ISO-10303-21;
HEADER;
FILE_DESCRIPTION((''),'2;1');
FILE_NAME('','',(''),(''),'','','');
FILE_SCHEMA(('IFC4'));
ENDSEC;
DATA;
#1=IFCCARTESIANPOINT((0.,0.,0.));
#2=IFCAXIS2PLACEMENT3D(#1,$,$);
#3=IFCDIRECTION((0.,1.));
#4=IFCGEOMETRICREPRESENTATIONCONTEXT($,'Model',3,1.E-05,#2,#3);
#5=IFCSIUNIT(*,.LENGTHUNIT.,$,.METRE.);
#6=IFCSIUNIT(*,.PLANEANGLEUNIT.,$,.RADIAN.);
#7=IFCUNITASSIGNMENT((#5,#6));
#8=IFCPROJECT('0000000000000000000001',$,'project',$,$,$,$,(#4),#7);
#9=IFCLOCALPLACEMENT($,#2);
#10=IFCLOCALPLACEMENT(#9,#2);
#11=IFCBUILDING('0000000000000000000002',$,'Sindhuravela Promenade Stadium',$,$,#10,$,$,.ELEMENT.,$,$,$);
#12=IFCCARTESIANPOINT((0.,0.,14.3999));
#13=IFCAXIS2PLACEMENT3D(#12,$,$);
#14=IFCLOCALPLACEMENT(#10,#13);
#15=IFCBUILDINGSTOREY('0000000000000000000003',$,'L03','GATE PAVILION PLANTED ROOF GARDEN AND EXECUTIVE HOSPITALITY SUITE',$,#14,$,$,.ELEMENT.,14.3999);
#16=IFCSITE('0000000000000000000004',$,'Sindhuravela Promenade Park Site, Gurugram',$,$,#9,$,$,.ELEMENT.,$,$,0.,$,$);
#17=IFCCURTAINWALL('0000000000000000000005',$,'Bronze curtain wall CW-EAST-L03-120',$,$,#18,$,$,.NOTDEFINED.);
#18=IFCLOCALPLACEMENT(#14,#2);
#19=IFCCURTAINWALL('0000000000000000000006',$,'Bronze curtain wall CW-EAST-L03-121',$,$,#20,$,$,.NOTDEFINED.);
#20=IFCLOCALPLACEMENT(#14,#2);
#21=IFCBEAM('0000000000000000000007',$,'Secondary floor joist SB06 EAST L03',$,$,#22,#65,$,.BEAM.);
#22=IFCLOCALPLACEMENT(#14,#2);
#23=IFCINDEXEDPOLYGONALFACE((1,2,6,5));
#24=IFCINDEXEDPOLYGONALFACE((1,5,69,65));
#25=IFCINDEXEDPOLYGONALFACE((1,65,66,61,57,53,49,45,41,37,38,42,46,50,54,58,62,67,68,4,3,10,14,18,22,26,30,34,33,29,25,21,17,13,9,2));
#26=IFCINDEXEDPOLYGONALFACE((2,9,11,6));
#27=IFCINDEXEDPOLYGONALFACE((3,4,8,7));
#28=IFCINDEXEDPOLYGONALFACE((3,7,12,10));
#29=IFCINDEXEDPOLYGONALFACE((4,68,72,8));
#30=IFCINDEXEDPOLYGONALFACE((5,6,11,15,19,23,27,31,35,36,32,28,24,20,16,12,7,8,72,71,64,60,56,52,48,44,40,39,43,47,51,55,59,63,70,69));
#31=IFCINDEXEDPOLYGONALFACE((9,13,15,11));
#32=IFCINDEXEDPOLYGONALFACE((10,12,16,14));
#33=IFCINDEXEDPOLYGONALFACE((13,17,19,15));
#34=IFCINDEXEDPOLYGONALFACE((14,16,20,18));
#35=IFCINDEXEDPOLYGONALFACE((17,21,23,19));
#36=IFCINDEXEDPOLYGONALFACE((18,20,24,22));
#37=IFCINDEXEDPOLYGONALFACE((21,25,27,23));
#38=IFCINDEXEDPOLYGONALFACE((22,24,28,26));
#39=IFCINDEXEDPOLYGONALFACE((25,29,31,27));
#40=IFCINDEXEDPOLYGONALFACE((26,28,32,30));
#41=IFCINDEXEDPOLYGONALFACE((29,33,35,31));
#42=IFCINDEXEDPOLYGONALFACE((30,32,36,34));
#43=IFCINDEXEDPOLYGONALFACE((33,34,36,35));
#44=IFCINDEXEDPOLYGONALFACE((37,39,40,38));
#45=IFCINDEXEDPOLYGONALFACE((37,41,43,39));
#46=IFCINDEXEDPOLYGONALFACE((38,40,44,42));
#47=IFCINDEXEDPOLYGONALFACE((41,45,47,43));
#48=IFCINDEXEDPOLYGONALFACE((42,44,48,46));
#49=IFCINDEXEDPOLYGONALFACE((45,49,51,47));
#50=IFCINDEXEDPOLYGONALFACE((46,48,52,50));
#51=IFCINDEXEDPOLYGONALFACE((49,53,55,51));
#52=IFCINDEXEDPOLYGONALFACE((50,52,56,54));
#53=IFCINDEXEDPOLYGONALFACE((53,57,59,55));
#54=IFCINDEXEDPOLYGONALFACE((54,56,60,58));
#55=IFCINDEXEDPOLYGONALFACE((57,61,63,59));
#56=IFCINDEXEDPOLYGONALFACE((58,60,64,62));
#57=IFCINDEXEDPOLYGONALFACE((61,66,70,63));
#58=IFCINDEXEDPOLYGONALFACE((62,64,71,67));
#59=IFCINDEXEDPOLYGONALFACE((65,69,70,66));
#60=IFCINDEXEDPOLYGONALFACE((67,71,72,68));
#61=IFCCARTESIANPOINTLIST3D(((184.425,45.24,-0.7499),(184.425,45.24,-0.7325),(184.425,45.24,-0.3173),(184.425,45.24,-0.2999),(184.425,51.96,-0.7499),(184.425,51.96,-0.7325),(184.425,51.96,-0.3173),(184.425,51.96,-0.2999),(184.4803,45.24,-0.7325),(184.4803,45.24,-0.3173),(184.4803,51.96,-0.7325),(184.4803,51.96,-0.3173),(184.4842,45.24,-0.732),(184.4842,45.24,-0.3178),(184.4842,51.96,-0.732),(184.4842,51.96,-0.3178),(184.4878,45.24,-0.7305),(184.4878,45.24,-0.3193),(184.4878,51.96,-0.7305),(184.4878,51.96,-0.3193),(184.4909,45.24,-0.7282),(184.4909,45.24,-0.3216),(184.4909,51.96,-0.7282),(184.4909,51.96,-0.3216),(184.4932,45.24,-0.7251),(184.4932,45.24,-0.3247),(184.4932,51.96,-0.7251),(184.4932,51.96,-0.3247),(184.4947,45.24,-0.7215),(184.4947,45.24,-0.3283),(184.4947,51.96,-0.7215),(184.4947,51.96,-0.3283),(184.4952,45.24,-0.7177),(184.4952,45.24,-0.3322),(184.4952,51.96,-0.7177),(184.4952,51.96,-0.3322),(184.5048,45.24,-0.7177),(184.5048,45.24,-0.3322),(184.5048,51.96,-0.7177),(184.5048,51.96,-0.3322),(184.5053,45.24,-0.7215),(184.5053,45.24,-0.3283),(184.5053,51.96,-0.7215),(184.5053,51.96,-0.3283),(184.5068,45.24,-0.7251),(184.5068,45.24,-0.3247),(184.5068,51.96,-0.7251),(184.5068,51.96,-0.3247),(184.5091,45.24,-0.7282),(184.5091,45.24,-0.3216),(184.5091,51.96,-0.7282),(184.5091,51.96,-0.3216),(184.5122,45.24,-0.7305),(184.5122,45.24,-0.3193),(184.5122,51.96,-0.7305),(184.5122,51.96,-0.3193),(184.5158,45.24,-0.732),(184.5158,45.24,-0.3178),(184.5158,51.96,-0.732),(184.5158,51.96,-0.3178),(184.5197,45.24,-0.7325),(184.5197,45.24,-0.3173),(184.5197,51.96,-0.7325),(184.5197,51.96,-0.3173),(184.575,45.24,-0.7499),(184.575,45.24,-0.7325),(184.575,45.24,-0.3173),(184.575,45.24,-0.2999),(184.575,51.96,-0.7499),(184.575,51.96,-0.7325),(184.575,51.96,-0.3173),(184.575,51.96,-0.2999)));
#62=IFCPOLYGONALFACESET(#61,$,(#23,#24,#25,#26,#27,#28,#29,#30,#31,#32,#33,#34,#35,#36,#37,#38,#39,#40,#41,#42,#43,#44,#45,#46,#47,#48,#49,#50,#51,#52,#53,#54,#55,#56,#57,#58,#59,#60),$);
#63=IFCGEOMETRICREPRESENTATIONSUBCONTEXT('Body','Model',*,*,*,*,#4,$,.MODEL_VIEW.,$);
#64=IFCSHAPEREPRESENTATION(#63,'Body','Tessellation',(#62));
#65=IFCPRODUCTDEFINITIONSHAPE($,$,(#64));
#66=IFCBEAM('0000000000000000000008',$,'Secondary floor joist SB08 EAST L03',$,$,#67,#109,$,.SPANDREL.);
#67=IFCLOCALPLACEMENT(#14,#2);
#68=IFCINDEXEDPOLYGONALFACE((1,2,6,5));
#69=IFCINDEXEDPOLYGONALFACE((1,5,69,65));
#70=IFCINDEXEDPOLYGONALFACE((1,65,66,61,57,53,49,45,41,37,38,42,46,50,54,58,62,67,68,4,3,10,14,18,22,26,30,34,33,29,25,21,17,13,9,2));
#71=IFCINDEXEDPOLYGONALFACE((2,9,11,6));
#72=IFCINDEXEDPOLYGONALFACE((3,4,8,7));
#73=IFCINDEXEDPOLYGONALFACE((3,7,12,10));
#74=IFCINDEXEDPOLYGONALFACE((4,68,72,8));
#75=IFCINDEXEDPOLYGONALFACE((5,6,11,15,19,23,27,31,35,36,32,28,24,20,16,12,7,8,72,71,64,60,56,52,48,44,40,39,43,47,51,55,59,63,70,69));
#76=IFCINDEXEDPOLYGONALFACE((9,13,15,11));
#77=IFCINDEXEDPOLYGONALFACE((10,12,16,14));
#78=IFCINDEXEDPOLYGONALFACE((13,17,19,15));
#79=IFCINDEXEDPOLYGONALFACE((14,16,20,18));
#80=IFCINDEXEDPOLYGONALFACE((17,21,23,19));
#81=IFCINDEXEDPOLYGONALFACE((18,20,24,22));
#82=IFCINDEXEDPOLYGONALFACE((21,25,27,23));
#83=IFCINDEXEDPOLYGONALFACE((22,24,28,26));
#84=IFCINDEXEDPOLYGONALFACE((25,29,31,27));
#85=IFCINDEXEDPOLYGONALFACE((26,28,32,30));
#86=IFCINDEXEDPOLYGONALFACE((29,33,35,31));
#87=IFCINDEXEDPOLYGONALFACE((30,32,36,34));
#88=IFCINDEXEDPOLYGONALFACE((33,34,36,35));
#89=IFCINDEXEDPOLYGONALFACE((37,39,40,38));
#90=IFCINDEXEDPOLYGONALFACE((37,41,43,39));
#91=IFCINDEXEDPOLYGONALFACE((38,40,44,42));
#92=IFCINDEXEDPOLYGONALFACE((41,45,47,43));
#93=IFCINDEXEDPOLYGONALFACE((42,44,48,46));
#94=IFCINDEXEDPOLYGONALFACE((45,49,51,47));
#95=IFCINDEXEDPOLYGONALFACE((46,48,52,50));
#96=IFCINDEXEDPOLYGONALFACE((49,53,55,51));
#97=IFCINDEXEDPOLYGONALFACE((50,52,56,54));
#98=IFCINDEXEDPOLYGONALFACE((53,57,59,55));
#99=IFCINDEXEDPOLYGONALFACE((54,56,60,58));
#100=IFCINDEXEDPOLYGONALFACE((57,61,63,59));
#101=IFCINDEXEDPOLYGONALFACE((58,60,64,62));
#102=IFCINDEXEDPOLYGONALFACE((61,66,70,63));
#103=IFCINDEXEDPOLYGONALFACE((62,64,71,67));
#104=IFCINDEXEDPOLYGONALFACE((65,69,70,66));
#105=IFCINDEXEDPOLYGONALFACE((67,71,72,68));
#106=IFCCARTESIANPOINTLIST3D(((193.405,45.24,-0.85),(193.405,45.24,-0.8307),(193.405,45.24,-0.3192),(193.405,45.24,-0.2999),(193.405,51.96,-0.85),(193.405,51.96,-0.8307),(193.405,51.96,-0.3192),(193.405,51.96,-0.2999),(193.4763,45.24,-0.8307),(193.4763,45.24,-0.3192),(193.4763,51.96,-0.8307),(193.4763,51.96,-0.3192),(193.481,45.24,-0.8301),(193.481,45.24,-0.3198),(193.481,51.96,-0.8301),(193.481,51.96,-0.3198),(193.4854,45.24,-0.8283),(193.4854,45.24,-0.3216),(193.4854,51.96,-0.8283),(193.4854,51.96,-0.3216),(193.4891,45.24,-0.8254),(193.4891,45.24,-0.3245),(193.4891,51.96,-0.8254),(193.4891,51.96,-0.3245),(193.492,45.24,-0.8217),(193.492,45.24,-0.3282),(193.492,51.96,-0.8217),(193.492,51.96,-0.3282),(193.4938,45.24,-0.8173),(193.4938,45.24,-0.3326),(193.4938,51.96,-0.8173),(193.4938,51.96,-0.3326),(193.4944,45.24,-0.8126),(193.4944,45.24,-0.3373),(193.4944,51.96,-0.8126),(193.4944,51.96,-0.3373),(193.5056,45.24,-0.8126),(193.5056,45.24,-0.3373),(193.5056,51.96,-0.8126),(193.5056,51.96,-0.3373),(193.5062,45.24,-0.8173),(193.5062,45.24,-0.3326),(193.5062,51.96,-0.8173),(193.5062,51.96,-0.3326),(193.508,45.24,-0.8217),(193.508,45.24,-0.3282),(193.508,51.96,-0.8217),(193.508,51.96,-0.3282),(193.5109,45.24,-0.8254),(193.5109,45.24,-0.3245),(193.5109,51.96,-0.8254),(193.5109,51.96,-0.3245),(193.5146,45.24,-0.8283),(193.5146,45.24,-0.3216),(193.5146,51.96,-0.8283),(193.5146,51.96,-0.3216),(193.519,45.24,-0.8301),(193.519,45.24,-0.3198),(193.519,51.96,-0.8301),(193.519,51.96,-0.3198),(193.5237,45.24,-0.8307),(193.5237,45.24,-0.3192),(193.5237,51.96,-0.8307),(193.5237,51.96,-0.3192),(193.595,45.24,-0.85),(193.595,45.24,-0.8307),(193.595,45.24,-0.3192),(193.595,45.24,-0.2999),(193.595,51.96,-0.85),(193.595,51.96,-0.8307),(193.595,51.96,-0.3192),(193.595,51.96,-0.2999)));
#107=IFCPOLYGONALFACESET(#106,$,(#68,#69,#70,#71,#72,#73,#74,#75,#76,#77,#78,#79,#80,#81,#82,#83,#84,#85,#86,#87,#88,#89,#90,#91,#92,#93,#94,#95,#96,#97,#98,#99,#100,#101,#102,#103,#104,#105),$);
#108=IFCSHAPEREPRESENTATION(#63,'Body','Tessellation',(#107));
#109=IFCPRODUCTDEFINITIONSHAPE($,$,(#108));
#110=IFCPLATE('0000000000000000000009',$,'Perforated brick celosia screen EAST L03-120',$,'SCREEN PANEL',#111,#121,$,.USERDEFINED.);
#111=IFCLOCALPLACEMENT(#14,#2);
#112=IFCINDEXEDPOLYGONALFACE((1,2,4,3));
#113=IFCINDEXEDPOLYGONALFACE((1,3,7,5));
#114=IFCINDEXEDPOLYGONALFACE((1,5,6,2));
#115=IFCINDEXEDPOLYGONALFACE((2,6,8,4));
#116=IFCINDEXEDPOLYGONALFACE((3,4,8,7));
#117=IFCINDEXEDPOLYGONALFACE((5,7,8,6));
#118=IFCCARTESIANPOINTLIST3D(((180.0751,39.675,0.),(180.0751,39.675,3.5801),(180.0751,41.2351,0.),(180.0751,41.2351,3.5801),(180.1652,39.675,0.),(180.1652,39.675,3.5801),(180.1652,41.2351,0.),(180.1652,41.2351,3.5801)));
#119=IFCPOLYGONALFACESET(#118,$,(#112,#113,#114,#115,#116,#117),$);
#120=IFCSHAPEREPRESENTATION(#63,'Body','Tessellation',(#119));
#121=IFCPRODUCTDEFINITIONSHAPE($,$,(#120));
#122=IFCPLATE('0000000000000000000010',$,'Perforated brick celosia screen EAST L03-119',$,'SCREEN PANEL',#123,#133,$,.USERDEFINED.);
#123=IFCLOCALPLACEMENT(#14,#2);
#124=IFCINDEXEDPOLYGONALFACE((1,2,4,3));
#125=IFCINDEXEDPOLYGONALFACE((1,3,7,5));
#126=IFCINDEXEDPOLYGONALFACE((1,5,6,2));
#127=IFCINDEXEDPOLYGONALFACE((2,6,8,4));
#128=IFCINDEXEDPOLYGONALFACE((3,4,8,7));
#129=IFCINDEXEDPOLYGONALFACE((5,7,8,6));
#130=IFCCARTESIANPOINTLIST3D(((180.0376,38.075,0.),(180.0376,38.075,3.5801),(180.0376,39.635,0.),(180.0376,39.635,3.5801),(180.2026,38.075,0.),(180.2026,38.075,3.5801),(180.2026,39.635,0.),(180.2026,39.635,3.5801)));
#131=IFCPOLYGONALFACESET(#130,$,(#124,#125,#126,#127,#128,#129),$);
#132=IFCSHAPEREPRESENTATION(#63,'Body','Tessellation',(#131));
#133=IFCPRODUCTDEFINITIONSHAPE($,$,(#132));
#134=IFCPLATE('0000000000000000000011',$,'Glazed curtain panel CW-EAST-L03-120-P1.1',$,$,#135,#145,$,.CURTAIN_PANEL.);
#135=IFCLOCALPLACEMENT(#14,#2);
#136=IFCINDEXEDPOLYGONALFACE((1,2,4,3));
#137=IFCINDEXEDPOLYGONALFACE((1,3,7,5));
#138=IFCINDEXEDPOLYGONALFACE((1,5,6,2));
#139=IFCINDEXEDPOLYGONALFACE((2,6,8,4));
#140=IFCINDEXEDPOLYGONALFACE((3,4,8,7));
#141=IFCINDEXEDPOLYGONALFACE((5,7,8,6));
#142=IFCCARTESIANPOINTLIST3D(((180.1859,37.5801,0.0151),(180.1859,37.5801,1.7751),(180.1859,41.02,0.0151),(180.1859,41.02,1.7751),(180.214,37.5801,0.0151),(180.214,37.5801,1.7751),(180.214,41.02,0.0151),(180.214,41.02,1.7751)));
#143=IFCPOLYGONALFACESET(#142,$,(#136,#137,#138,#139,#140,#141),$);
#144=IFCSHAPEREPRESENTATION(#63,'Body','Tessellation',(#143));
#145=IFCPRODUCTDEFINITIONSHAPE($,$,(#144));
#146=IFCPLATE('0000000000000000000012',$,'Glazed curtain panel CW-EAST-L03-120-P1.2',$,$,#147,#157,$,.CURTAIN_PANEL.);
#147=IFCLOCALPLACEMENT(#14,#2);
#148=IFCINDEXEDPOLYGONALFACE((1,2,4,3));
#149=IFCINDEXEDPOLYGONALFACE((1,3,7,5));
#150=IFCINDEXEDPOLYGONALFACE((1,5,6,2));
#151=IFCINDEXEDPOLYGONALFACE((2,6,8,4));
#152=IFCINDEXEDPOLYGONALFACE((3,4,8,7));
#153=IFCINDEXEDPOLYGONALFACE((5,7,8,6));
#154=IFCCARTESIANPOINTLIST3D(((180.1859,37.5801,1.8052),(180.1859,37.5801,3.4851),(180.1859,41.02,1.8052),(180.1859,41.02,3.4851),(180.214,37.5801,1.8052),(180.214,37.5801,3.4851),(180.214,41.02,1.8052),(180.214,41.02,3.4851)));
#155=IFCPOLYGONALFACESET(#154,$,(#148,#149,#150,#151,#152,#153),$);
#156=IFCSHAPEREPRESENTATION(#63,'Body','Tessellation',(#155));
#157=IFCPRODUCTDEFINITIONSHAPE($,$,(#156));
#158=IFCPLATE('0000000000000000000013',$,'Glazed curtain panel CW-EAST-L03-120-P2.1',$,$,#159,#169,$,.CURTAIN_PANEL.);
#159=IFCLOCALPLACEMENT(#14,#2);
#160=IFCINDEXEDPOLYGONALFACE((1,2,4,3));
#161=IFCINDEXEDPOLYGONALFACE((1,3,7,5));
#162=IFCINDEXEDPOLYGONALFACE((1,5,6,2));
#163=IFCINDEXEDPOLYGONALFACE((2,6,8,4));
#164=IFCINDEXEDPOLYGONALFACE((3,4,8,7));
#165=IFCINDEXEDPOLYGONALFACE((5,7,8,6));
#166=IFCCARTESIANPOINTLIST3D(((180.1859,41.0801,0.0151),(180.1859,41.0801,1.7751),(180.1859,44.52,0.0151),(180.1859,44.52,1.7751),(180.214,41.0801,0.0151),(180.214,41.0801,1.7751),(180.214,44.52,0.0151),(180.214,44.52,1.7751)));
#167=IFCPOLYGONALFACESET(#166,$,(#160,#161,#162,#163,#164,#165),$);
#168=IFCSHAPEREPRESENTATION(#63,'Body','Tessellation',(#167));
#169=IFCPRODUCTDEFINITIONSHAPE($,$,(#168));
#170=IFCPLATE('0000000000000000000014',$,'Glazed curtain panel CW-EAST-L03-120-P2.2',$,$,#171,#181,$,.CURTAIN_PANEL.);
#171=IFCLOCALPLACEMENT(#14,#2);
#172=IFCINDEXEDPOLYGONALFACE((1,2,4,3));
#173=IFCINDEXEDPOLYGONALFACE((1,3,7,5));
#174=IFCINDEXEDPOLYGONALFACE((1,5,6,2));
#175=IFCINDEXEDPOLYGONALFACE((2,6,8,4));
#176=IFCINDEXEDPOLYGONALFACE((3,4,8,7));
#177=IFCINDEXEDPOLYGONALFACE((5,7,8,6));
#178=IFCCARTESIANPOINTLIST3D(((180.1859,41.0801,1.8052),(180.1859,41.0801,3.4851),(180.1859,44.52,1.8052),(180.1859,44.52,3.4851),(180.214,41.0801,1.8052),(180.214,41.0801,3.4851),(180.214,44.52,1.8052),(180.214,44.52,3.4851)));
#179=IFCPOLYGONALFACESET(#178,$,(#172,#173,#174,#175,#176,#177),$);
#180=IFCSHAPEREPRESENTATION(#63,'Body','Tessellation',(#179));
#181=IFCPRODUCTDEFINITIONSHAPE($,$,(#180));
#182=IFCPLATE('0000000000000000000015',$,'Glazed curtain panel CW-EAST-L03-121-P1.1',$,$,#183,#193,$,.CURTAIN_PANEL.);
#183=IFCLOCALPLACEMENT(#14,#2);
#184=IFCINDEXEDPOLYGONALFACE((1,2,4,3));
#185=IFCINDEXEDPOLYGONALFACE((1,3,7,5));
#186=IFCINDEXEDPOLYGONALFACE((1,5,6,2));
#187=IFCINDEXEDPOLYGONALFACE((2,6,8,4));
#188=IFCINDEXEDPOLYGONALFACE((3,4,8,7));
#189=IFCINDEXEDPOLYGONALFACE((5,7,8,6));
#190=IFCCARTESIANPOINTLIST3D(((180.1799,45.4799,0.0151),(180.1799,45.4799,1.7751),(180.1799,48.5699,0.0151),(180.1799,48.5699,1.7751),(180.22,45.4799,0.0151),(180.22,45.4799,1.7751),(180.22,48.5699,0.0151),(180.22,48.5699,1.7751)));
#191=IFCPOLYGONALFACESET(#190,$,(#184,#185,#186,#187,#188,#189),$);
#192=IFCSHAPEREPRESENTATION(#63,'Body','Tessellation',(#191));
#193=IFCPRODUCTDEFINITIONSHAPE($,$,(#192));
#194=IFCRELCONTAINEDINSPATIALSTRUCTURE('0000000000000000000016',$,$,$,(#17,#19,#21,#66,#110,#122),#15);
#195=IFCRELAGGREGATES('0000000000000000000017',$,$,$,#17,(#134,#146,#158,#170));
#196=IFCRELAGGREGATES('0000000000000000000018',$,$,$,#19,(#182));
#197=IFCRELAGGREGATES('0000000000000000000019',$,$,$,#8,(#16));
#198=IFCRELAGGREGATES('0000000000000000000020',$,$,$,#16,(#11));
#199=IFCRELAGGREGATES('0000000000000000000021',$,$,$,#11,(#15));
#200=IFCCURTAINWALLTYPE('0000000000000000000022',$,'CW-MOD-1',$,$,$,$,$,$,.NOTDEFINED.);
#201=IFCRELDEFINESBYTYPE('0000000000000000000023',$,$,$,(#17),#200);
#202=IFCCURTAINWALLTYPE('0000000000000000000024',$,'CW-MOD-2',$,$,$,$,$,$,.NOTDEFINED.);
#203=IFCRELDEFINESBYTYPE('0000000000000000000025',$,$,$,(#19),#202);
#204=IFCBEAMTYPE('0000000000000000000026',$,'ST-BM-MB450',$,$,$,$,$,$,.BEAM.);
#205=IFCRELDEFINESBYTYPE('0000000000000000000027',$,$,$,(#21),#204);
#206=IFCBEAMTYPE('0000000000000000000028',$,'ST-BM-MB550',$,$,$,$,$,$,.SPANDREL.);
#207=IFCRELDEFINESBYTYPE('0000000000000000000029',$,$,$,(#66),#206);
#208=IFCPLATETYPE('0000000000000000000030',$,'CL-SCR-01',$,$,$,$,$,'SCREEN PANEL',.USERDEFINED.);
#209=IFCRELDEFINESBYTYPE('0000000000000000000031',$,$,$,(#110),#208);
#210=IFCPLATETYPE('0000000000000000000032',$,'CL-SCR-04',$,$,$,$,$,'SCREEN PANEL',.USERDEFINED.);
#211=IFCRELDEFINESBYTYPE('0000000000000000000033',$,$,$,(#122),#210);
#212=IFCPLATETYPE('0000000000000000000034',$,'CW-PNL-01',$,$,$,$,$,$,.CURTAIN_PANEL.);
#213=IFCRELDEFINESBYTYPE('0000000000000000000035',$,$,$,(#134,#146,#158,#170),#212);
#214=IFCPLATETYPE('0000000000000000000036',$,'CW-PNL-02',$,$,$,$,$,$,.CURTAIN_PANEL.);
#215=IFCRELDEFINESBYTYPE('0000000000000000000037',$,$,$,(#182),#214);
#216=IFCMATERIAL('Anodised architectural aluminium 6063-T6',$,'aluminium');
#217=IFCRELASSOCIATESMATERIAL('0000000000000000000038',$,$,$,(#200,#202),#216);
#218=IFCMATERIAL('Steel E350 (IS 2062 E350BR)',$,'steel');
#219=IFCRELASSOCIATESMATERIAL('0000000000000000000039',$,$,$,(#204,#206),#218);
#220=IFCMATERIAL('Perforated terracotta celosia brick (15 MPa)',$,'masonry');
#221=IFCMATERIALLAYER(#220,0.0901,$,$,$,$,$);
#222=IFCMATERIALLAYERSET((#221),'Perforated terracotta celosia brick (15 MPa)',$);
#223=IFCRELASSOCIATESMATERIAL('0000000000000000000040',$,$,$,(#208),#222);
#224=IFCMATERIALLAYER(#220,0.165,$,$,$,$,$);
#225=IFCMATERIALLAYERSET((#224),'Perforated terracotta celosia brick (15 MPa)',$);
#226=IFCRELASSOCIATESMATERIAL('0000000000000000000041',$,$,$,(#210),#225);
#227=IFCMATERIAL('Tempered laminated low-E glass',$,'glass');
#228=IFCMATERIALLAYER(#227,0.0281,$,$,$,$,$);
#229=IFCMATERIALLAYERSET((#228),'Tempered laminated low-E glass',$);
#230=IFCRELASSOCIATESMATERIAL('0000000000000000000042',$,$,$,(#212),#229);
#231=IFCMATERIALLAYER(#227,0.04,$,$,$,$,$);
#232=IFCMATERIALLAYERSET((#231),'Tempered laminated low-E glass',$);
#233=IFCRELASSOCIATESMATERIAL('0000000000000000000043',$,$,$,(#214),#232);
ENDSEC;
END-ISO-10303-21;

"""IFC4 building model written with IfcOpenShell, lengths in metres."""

from ifc_helpers import new_model, si_unit, direction, frame, origin, origin_2d, place, context, subcontext, project, spatial, rectangle, i_section, extrude, material, layer, layer_set, material_profile, profile_set, type_object, element, aggregate, save


model = new_model("IFC4")

# Units and contexts
model_context = context("Model", 3, precision=1e-05, world=origin(), true_north=direction((0.0, 1.0)))
body_context = subcontext(model_context, "Body", "Model", "MODEL_VIEW")
ifc_project = project(units=[si_unit("LENGTHUNIT", "METRE"), si_unit("PLANEANGLEUNIT", "RADIAN")], contexts=[model_context])

# Site, building, storey
site_placement = place(None, origin())
site = spatial("IfcSite", under=ifc_project, at=site_placement, Name="Sindhuravela Promenade Park Site, Gurugram", CompositionType="ELEMENT", RefElevation=0.0)
building_placement = place(site_placement, origin())
building = spatial("IfcBuilding", under=site, at=building_placement, Name="Sindhuravela Promenade Stadium", CompositionType="ELEMENT")
storey_placement = place(building_placement, frame((0.0, 0.0, 14.3999)))
storey = spatial("IfcBuildingStorey", under=building, at=storey_placement, Name="L03", Description="GATE PAVILION PLANTED ROOF GARDEN AND EXECUTIVE HOSPITALITY SUITE", CompositionType="ELEMENT", Elevation=14.3999)

# Curtain walls
ifc_material_1 = material(Name="Anodised architectural aluminium 6063-T6", Category="aluminium")
curtain_wall_type_1 = type_object("IfcCurtainWallType", Name="CW-MOD-1", PredefinedType="NOTDEFINED", material=ifc_material_1)
curtain_wall_1_placement = place(storey_placement, origin())
curtain_wall_1 = element("IfcCurtainWall", 1, at=curtain_wall_1_placement, inside=storey, type_object=curtain_wall_type_1, Name="Bronze curtain wall CW-EAST-L03-120", PredefinedType="NOTDEFINED")
curtain_wall_type_2 = type_object("IfcCurtainWallType", Name="CW-MOD-2", PredefinedType="NOTDEFINED", material=ifc_material_1)
curtain_wall_2_placement = place(storey_placement, origin())
curtain_wall_2 = element("IfcCurtainWall", 2, at=curtain_wall_2_placement, inside=storey, type_object=curtain_wall_type_2, Name="Bronze curtain wall CW-EAST-L03-121", PredefinedType="NOTDEFINED")

# Beams
ifc_material_2 = material(Name="Steel E350 (IS 2062 E350BR)", Category="steel")
ifc_material_profile_1 = material_profile(ifc_material_2, i_section(OverallWidth=0.1499, OverallDepth=0.45, WebThickness=0.0095, FlangeThickness=0.0173, FilletRadius=0.0149, at=origin_2d()), Name="ISMB 450")
ifc_profile_set_1 = profile_set([ifc_material_profile_1], Name="Steel E350 (IS 2062 E350BR)")
beam_type_1 = type_object("IfcBeamType", Name="ST-BM-MB450", PredefinedType="BEAM", material=ifc_profile_set_1)
beam_1_placement = place(storey_placement, frame((184.5, 45.24, -0.5249), z_axis=(0.0, 1.0, 0.0), x_axis=(-1.0, 0.0, 0.0)))
element("IfcBeam", 3, at=beam_1_placement, inside=storey, type_object=beam_type_1, Name="Secondary floor joist SB06 EAST L03", PredefinedType="BEAM", context=body_context, shape_type="SweptSolid", body=[
    extrude(i_section(OverallWidth=0.1499, OverallDepth=0.45, WebThickness=0.0095, FlangeThickness=0.0173, FilletRadius=0.0149, at=origin_2d()), origin(), (0.0, 0.0, 1.0), 6.72),
])
ifc_material_profile_2 = material_profile(ifc_material_2, i_section(OverallWidth=0.1899, OverallDepth=0.55, WebThickness=0.0112, FlangeThickness=0.0193, FilletRadius=0.0181, at=origin_2d()), Name="ISMB 550")
ifc_profile_set_2 = profile_set([ifc_material_profile_2], Name="Steel E350 (IS 2062 E350BR)")
beam_type_2 = type_object("IfcBeamType", Name="ST-BM-MB550", PredefinedType="SPANDREL", material=ifc_profile_set_2)
beam_2_placement = place(storey_placement, frame((193.5, 45.24, -0.575), z_axis=(0.0, 1.0, 0.0), x_axis=(-1.0, 0.0, 0.0)))
element("IfcBeam", 4, at=beam_2_placement, inside=storey, type_object=beam_type_2, Name="Secondary floor joist SB08 EAST L03", PredefinedType="SPANDREL", context=body_context, shape_type="SweptSolid", body=[
    extrude(i_section(OverallWidth=0.1899, OverallDepth=0.55, WebThickness=0.0112, FlangeThickness=0.0193, FilletRadius=0.0181, at=origin_2d()), origin(), (0.0, 0.0, 1.0), 6.72),
])

# Plates
ifc_material_3 = material(Name="Perforated terracotta celosia brick (15 MPa)", Category="masonry")
ifc_layer_1 = layer(ifc_material_3, 0.0901)
ifc_layer_set_1 = layer_set([ifc_layer_1], Name="Perforated terracotta celosia brick (15 MPa)")
plate_type_1 = type_object("IfcPlateType", Name="CL-SCR-01", ElementType="SCREEN PANEL", PredefinedType="USERDEFINED", material=ifc_layer_set_1)
plate_1_placement = place(storey_placement, frame((180.1201, 40.4551, 0.0), z_axis=(0.0, 0.0, 1.0), x_axis=(0.0, 1.0, 0.0)))
element("IfcPlate", 5, at=plate_1_placement, inside=storey, type_object=plate_type_1, Name="Perforated brick celosia screen EAST L03-120", ObjectType="SCREEN PANEL", PredefinedType="USERDEFINED", context=body_context, shape_type="SweptSolid", body=[
    extrude(rectangle(XDim=1.5601, YDim=0.0901, at=origin_2d()), origin(), (0.0, 0.0, 1.0), 3.5801),
])
ifc_layer_2 = layer(ifc_material_3, 0.165)
ifc_layer_set_2 = layer_set([ifc_layer_2], Name="Perforated terracotta celosia brick (15 MPa)")
plate_type_2 = type_object("IfcPlateType", Name="CL-SCR-04", ElementType="SCREEN PANEL", PredefinedType="USERDEFINED", material=ifc_layer_set_2)
plate_2_placement = place(storey_placement, frame((180.1201, 38.855, 0.0), z_axis=(0.0, 0.0, 1.0), x_axis=(0.0, 1.0, 0.0)))
element("IfcPlate", 6, at=plate_2_placement, inside=storey, type_object=plate_type_2, Name="Perforated brick celosia screen EAST L03-119", ObjectType="SCREEN PANEL", PredefinedType="USERDEFINED", context=body_context, shape_type="SweptSolid", body=[
    extrude(rectangle(XDim=1.5601, YDim=0.165, at=origin_2d()), origin(), (0.0, 0.0, 1.0), 3.5801),
])

# Plates
ifc_material_4 = material(Name="Tempered laminated low-E glass", Category="glass")
ifc_layer_3 = layer(ifc_material_4, 0.0281)
ifc_layer_set_3 = layer_set([ifc_layer_3], Name="Tempered laminated low-E glass")
plate_type_3 = type_object("IfcPlateType", Name="CW-PNL-01", PredefinedType="CURTAIN_PANEL", material=ifc_layer_set_3)
plate_3_placement = place(storey_placement, frame((180.2, 39.3, 0.0151), z_axis=(0.0, 0.0, 1.0), x_axis=(0.0, 1.0, 0.0)))
plate_3 = element("IfcPlate", 7, at=plate_3_placement, type_object=plate_type_3, Name="Glazed curtain panel CW-EAST-L03-120-P1.1", PredefinedType="CURTAIN_PANEL", context=body_context, shape_type="SweptSolid", body=[
    extrude(rectangle(XDim=3.4399, YDim=0.0281, at=origin_2d()), origin(), (0.0, 0.0, 1.0), 1.76),
])
plate_4_placement = place(storey_placement, frame((180.2, 39.3, 1.8052), z_axis=(0.0, 0.0, 1.0), x_axis=(0.0, 1.0, 0.0)))
plate_4 = element("IfcPlate", 8, at=plate_4_placement, type_object=plate_type_3, Name="Glazed curtain panel CW-EAST-L03-120-P1.2", PredefinedType="CURTAIN_PANEL", context=body_context, shape_type="SweptSolid", body=[
    extrude(rectangle(XDim=3.4399, YDim=0.0281, at=origin_2d()), origin(), (0.0, 0.0, 1.0), 1.6799),
])
plate_5_placement = place(storey_placement, frame((180.2, 42.8, 0.0151), z_axis=(0.0, 0.0, 1.0), x_axis=(0.0, 1.0, 0.0)))
plate_5 = element("IfcPlate", 9, at=plate_5_placement, type_object=plate_type_3, Name="Glazed curtain panel CW-EAST-L03-120-P2.1", PredefinedType="CURTAIN_PANEL", context=body_context, shape_type="SweptSolid", body=[
    extrude(rectangle(XDim=3.4399, YDim=0.0281, at=origin_2d()), origin(), (0.0, 0.0, 1.0), 1.76),
])
plate_6_placement = place(storey_placement, frame((180.2, 42.8, 1.8052), z_axis=(0.0, 0.0, 1.0), x_axis=(0.0, 1.0, 0.0)))
plate_6 = element("IfcPlate", 10, at=plate_6_placement, type_object=plate_type_3, Name="Glazed curtain panel CW-EAST-L03-120-P2.2", PredefinedType="CURTAIN_PANEL", context=body_context, shape_type="SweptSolid", body=[
    extrude(rectangle(XDim=3.4399, YDim=0.0281, at=origin_2d()), origin(), (0.0, 0.0, 1.0), 1.6799),
])
aggregate(curtain_wall_1, [plate_3, plate_4, plate_5, plate_6])
ifc_layer_4 = layer(ifc_material_4, 0.04)
ifc_layer_set_4 = layer_set([ifc_layer_4], Name="Tempered laminated low-E glass")
plate_type_4 = type_object("IfcPlateType", Name="CW-PNL-02", PredefinedType="CURTAIN_PANEL", material=ifc_layer_set_4)
plate_7_placement = place(storey_placement, frame((180.2, 47.0249, 0.0151), z_axis=(0.0, 0.0, 1.0), x_axis=(0.0, 1.0, 0.0)))
plate_7 = element("IfcPlate", 11, at=plate_7_placement, type_object=plate_type_4, Name="Glazed curtain panel CW-EAST-L03-121-P1.1", PredefinedType="CURTAIN_PANEL", context=body_context, shape_type="SweptSolid", body=[
    extrude(rectangle(XDim=3.0901, YDim=0.04, at=origin_2d()), origin(), (0.0, 0.0, 1.0), 1.76),
])
aggregate(curtain_wall_2, [plate_7])

save(model, "model.ifc")
